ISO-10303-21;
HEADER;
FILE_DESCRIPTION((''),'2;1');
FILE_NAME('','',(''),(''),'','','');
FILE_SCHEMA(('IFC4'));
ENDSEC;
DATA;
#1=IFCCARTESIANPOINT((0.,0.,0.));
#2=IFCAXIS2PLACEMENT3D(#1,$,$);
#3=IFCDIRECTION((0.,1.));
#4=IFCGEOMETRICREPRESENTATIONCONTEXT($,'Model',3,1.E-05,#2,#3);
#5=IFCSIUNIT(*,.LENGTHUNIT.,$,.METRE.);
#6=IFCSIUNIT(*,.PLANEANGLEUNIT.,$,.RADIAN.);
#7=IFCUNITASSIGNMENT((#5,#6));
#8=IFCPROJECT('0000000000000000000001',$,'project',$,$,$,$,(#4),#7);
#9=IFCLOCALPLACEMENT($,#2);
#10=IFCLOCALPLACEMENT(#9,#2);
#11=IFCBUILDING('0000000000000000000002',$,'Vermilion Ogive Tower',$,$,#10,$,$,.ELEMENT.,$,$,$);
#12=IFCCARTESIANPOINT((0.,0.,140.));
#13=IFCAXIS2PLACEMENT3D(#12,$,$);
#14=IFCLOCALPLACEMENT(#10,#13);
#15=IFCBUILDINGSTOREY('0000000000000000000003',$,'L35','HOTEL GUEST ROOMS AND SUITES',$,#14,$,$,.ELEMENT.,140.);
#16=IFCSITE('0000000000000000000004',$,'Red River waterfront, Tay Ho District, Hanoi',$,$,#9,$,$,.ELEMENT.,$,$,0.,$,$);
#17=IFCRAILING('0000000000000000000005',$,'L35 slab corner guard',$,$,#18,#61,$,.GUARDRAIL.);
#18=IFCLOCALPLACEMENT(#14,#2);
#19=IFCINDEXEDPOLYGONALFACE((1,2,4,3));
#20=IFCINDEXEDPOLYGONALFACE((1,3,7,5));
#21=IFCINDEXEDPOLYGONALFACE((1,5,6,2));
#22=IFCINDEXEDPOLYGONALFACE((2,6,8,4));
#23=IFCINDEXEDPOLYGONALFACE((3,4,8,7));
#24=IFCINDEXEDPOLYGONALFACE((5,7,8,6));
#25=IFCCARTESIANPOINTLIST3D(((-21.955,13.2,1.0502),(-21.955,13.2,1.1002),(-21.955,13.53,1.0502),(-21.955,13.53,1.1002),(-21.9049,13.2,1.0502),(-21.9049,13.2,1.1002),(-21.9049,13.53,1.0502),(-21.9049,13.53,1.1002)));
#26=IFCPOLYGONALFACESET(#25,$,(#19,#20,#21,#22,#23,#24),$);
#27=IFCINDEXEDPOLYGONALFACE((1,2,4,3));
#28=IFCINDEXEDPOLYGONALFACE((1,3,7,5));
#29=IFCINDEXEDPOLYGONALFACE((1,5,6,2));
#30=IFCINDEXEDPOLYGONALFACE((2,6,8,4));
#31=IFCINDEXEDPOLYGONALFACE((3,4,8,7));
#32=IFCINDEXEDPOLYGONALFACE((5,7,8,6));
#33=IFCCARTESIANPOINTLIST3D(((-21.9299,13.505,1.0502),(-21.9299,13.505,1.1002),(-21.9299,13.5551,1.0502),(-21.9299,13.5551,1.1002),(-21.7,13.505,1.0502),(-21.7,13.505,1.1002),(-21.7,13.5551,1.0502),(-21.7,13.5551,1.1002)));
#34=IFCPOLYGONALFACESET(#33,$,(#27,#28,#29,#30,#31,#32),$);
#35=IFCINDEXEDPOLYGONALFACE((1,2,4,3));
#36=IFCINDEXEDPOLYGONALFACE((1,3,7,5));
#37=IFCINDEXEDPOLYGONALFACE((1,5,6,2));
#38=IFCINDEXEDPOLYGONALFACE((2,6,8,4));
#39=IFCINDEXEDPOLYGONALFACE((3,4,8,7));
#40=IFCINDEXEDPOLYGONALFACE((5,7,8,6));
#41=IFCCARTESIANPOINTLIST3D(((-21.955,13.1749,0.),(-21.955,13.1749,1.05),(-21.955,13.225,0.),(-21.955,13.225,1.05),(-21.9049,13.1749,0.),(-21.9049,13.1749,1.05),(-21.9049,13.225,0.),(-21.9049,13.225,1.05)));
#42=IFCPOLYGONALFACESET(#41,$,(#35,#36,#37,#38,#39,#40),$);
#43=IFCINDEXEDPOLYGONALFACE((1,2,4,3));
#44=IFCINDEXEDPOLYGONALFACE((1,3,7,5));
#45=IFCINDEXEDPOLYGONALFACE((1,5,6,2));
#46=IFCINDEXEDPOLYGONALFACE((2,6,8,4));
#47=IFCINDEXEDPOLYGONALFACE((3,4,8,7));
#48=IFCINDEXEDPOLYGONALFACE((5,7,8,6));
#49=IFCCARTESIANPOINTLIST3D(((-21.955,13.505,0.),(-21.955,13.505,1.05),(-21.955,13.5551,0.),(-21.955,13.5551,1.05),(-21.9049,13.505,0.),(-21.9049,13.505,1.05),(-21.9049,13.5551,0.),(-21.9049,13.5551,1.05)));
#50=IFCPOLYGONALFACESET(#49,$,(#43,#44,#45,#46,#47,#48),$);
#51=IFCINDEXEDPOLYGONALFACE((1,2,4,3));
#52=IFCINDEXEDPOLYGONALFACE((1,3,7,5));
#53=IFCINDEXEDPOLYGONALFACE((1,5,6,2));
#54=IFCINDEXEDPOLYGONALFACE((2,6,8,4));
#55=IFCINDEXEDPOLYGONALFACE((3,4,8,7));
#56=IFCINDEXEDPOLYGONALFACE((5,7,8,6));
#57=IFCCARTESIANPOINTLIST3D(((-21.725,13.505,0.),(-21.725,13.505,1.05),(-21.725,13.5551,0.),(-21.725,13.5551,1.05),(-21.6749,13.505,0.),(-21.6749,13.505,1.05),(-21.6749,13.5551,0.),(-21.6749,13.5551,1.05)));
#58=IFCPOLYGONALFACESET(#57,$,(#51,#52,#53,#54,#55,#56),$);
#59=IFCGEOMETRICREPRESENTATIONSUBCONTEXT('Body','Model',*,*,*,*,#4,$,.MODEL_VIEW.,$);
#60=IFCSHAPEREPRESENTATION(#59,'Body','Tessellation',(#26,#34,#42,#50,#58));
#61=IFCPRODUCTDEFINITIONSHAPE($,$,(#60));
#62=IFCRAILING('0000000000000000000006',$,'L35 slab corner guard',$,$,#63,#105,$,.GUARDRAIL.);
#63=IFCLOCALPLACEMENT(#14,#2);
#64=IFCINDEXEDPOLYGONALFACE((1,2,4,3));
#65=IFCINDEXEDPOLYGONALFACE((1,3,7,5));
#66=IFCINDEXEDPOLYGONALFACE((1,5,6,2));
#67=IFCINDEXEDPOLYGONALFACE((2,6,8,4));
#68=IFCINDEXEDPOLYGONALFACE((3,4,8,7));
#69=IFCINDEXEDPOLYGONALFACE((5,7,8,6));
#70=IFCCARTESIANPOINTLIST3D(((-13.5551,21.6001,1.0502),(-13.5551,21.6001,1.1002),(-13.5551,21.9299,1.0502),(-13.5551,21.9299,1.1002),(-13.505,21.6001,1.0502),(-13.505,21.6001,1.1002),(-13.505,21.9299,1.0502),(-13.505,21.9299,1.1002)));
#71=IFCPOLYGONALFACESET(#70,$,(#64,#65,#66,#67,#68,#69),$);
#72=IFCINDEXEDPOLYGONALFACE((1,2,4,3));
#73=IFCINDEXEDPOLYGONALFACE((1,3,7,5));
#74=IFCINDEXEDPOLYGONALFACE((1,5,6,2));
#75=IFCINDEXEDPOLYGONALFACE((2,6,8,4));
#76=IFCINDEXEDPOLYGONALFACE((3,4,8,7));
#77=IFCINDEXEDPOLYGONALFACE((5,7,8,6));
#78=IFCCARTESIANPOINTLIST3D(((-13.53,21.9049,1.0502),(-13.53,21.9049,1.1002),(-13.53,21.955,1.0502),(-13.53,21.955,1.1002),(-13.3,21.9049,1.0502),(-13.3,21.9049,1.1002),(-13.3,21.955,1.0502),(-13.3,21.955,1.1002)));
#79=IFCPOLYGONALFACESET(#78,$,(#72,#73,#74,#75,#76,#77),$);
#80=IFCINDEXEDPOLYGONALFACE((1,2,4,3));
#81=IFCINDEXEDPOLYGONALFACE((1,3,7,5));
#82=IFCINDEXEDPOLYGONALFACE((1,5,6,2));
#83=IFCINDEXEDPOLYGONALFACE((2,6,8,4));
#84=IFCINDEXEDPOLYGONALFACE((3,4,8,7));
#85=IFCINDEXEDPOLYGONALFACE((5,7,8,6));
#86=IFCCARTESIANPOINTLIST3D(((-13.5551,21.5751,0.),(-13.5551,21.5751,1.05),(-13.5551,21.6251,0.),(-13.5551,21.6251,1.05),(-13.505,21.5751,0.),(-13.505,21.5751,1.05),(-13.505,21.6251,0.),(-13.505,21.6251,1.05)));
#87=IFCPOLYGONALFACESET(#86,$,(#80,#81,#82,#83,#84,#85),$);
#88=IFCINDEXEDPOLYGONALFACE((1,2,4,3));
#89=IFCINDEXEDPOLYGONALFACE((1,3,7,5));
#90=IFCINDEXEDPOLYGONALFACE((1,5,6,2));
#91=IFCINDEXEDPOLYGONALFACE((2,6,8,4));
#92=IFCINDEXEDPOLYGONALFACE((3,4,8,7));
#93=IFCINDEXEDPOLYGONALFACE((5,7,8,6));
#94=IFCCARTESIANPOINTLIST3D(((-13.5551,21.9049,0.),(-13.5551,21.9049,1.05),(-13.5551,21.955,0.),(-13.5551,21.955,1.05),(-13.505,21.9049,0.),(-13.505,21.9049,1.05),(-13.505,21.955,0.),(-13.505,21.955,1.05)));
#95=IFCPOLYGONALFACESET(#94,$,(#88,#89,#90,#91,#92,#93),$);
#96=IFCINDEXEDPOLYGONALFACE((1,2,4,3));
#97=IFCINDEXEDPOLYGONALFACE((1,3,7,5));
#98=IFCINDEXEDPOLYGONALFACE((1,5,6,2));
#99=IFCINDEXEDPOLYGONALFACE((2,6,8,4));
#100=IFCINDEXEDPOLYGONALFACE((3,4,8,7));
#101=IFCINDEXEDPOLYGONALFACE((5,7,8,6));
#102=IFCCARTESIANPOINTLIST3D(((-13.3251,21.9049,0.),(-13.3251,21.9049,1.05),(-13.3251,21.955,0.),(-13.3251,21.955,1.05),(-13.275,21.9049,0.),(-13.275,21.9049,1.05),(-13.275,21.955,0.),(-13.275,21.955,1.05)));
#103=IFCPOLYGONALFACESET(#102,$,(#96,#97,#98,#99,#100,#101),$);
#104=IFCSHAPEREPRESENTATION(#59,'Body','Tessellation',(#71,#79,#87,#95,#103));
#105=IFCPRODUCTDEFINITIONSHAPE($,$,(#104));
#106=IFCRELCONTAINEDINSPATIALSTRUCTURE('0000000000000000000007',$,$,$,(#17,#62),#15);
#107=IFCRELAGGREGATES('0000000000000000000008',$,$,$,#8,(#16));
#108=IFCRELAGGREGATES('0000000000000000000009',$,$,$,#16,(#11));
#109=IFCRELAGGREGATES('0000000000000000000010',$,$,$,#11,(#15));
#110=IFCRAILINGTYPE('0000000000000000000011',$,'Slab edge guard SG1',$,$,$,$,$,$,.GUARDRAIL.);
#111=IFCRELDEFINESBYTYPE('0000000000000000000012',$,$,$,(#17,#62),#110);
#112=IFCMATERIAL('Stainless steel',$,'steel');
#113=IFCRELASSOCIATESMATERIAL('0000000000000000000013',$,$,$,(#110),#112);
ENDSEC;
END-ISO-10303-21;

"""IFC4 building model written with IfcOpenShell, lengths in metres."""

from ifc_helpers import new_model, si_unit, direction, frame, origin, origin_2d, place, context, subcontext, project, spatial, rectangle, extrude, material, type_object, element, save


model = new_model("IFC4")

# Units and contexts
model_context = context("Model", 3, precision=1e-05, world=origin(), true_north=direction((0.0, 1.0)))
body_context = subcontext(model_context, "Body", "Model", "MODEL_VIEW")
ifc_project = project(units=[si_unit("LENGTHUNIT", "METRE"), si_unit("PLANEANGLEUNIT", "RADIAN")], contexts=[model_context])

# Site, building, storey
site_placement = place(None, origin())
site = spatial("IfcSite", under=ifc_project, at=site_placement, Name="Red River waterfront, Tay Ho District, Hanoi", CompositionType="ELEMENT", RefElevation=0.0)
building_placement = place(site_placement, origin())
building = spatial("IfcBuilding", under=site, at=building_placement, Name="Vermilion Ogive Tower", CompositionType="ELEMENT")
storey_placement = place(building_placement, frame((0.0, 0.0, 140.0)))
storey = spatial("IfcBuildingStorey", under=building, at=storey_placement, Name="L35", Description="HOTEL GUEST ROOMS AND SUITES", CompositionType="ELEMENT", Elevation=140.0)

# Railings
ifc_material_1 = material(Name="Stainless steel", Category="steel")
railing_type = type_object("IfcRailingType", Name="Slab edge guard SG1", PredefinedType="GUARDRAIL", material=ifc_material_1)
railing_1_placement = place(storey_placement, frame((-21.9299, 13.2, 0.0)))
element("IfcRailing", 1, at=railing_1_placement, inside=storey, type_object=railing_type, Name="L35 slab corner guard", PredefinedType="GUARDRAIL", context=body_context, shape_type="SweptSolid", body=[
    extrude(rectangle(XDim=0.05, YDim=0.05, at=origin_2d()), frame((0.0, 0.0, 1.0752), z_axis=(0.0, 1.0, 0.0), x_axis=(-1.0, 0.0, 0.0)), (0.0, 0.0, 1.0), 0.3301),
    extrude(rectangle(XDim=0.05, YDim=0.05, at=origin_2d()), frame((0.0, 0.3301, 1.0752), z_axis=(1.0, 0.0, 0.0), x_axis=(0.0, 1.0, 0.0)), (0.0, 0.0, 1.0), 0.23),
    extrude(rectangle(XDim=0.05, YDim=0.05, at=origin_2d()), origin(), (0.0, 0.0, 1.0), 1.05),
    extrude(rectangle(XDim=0.05, YDim=0.05, at=origin_2d()), frame((0.0, 0.3301, 0.0)), (0.0, 0.0, 1.0), 1.05),
    extrude(rectangle(XDim=0.05, YDim=0.05, at=origin_2d()), frame((0.23, 0.3301, 0.0)), (0.0, 0.0, 1.0), 1.05),
])
railing_2_placement = place(storey_placement, frame((-13.53, 21.6001, 0.0)))
element("IfcRailing", 2, at=railing_2_placement, inside=storey, type_object=railing_type, Name="L35 slab corner guard", PredefinedType="GUARDRAIL", context=body_context, shape_type="SweptSolid", body=[
    extrude(rectangle(XDim=0.05, YDim=0.05, at=origin_2d()), frame((0.0, 0.0, 1.0752), z_axis=(0.0, 1.0, 0.0), x_axis=(-1.0, 0.0, 0.0)), (0.0, 0.0, 1.0), 0.3298),
    extrude(rectangle(XDim=0.05, YDim=0.05, at=origin_2d()), frame((0.0, 0.3298, 1.0752), z_axis=(1.0, 0.0, 0.0), x_axis=(0.0, 1.0, 0.0)), (0.0, 0.0, 1.0), 0.23),
    extrude(rectangle(XDim=0.05, YDim=0.05, at=origin_2d()), origin(), (0.0, 0.0, 1.0), 1.05),
    extrude(rectangle(XDim=0.05, YDim=0.05, at=origin_2d()), frame((0.0, 0.3298, 0.0)), (0.0, 0.0, 1.0), 1.05),
    extrude(rectangle(XDim=0.05, YDim=0.05, at=origin_2d()), frame((0.23, 0.3298, 0.0)), (0.0, 0.0, 1.0), 1.05),
])

save(model, "model.ifc")
